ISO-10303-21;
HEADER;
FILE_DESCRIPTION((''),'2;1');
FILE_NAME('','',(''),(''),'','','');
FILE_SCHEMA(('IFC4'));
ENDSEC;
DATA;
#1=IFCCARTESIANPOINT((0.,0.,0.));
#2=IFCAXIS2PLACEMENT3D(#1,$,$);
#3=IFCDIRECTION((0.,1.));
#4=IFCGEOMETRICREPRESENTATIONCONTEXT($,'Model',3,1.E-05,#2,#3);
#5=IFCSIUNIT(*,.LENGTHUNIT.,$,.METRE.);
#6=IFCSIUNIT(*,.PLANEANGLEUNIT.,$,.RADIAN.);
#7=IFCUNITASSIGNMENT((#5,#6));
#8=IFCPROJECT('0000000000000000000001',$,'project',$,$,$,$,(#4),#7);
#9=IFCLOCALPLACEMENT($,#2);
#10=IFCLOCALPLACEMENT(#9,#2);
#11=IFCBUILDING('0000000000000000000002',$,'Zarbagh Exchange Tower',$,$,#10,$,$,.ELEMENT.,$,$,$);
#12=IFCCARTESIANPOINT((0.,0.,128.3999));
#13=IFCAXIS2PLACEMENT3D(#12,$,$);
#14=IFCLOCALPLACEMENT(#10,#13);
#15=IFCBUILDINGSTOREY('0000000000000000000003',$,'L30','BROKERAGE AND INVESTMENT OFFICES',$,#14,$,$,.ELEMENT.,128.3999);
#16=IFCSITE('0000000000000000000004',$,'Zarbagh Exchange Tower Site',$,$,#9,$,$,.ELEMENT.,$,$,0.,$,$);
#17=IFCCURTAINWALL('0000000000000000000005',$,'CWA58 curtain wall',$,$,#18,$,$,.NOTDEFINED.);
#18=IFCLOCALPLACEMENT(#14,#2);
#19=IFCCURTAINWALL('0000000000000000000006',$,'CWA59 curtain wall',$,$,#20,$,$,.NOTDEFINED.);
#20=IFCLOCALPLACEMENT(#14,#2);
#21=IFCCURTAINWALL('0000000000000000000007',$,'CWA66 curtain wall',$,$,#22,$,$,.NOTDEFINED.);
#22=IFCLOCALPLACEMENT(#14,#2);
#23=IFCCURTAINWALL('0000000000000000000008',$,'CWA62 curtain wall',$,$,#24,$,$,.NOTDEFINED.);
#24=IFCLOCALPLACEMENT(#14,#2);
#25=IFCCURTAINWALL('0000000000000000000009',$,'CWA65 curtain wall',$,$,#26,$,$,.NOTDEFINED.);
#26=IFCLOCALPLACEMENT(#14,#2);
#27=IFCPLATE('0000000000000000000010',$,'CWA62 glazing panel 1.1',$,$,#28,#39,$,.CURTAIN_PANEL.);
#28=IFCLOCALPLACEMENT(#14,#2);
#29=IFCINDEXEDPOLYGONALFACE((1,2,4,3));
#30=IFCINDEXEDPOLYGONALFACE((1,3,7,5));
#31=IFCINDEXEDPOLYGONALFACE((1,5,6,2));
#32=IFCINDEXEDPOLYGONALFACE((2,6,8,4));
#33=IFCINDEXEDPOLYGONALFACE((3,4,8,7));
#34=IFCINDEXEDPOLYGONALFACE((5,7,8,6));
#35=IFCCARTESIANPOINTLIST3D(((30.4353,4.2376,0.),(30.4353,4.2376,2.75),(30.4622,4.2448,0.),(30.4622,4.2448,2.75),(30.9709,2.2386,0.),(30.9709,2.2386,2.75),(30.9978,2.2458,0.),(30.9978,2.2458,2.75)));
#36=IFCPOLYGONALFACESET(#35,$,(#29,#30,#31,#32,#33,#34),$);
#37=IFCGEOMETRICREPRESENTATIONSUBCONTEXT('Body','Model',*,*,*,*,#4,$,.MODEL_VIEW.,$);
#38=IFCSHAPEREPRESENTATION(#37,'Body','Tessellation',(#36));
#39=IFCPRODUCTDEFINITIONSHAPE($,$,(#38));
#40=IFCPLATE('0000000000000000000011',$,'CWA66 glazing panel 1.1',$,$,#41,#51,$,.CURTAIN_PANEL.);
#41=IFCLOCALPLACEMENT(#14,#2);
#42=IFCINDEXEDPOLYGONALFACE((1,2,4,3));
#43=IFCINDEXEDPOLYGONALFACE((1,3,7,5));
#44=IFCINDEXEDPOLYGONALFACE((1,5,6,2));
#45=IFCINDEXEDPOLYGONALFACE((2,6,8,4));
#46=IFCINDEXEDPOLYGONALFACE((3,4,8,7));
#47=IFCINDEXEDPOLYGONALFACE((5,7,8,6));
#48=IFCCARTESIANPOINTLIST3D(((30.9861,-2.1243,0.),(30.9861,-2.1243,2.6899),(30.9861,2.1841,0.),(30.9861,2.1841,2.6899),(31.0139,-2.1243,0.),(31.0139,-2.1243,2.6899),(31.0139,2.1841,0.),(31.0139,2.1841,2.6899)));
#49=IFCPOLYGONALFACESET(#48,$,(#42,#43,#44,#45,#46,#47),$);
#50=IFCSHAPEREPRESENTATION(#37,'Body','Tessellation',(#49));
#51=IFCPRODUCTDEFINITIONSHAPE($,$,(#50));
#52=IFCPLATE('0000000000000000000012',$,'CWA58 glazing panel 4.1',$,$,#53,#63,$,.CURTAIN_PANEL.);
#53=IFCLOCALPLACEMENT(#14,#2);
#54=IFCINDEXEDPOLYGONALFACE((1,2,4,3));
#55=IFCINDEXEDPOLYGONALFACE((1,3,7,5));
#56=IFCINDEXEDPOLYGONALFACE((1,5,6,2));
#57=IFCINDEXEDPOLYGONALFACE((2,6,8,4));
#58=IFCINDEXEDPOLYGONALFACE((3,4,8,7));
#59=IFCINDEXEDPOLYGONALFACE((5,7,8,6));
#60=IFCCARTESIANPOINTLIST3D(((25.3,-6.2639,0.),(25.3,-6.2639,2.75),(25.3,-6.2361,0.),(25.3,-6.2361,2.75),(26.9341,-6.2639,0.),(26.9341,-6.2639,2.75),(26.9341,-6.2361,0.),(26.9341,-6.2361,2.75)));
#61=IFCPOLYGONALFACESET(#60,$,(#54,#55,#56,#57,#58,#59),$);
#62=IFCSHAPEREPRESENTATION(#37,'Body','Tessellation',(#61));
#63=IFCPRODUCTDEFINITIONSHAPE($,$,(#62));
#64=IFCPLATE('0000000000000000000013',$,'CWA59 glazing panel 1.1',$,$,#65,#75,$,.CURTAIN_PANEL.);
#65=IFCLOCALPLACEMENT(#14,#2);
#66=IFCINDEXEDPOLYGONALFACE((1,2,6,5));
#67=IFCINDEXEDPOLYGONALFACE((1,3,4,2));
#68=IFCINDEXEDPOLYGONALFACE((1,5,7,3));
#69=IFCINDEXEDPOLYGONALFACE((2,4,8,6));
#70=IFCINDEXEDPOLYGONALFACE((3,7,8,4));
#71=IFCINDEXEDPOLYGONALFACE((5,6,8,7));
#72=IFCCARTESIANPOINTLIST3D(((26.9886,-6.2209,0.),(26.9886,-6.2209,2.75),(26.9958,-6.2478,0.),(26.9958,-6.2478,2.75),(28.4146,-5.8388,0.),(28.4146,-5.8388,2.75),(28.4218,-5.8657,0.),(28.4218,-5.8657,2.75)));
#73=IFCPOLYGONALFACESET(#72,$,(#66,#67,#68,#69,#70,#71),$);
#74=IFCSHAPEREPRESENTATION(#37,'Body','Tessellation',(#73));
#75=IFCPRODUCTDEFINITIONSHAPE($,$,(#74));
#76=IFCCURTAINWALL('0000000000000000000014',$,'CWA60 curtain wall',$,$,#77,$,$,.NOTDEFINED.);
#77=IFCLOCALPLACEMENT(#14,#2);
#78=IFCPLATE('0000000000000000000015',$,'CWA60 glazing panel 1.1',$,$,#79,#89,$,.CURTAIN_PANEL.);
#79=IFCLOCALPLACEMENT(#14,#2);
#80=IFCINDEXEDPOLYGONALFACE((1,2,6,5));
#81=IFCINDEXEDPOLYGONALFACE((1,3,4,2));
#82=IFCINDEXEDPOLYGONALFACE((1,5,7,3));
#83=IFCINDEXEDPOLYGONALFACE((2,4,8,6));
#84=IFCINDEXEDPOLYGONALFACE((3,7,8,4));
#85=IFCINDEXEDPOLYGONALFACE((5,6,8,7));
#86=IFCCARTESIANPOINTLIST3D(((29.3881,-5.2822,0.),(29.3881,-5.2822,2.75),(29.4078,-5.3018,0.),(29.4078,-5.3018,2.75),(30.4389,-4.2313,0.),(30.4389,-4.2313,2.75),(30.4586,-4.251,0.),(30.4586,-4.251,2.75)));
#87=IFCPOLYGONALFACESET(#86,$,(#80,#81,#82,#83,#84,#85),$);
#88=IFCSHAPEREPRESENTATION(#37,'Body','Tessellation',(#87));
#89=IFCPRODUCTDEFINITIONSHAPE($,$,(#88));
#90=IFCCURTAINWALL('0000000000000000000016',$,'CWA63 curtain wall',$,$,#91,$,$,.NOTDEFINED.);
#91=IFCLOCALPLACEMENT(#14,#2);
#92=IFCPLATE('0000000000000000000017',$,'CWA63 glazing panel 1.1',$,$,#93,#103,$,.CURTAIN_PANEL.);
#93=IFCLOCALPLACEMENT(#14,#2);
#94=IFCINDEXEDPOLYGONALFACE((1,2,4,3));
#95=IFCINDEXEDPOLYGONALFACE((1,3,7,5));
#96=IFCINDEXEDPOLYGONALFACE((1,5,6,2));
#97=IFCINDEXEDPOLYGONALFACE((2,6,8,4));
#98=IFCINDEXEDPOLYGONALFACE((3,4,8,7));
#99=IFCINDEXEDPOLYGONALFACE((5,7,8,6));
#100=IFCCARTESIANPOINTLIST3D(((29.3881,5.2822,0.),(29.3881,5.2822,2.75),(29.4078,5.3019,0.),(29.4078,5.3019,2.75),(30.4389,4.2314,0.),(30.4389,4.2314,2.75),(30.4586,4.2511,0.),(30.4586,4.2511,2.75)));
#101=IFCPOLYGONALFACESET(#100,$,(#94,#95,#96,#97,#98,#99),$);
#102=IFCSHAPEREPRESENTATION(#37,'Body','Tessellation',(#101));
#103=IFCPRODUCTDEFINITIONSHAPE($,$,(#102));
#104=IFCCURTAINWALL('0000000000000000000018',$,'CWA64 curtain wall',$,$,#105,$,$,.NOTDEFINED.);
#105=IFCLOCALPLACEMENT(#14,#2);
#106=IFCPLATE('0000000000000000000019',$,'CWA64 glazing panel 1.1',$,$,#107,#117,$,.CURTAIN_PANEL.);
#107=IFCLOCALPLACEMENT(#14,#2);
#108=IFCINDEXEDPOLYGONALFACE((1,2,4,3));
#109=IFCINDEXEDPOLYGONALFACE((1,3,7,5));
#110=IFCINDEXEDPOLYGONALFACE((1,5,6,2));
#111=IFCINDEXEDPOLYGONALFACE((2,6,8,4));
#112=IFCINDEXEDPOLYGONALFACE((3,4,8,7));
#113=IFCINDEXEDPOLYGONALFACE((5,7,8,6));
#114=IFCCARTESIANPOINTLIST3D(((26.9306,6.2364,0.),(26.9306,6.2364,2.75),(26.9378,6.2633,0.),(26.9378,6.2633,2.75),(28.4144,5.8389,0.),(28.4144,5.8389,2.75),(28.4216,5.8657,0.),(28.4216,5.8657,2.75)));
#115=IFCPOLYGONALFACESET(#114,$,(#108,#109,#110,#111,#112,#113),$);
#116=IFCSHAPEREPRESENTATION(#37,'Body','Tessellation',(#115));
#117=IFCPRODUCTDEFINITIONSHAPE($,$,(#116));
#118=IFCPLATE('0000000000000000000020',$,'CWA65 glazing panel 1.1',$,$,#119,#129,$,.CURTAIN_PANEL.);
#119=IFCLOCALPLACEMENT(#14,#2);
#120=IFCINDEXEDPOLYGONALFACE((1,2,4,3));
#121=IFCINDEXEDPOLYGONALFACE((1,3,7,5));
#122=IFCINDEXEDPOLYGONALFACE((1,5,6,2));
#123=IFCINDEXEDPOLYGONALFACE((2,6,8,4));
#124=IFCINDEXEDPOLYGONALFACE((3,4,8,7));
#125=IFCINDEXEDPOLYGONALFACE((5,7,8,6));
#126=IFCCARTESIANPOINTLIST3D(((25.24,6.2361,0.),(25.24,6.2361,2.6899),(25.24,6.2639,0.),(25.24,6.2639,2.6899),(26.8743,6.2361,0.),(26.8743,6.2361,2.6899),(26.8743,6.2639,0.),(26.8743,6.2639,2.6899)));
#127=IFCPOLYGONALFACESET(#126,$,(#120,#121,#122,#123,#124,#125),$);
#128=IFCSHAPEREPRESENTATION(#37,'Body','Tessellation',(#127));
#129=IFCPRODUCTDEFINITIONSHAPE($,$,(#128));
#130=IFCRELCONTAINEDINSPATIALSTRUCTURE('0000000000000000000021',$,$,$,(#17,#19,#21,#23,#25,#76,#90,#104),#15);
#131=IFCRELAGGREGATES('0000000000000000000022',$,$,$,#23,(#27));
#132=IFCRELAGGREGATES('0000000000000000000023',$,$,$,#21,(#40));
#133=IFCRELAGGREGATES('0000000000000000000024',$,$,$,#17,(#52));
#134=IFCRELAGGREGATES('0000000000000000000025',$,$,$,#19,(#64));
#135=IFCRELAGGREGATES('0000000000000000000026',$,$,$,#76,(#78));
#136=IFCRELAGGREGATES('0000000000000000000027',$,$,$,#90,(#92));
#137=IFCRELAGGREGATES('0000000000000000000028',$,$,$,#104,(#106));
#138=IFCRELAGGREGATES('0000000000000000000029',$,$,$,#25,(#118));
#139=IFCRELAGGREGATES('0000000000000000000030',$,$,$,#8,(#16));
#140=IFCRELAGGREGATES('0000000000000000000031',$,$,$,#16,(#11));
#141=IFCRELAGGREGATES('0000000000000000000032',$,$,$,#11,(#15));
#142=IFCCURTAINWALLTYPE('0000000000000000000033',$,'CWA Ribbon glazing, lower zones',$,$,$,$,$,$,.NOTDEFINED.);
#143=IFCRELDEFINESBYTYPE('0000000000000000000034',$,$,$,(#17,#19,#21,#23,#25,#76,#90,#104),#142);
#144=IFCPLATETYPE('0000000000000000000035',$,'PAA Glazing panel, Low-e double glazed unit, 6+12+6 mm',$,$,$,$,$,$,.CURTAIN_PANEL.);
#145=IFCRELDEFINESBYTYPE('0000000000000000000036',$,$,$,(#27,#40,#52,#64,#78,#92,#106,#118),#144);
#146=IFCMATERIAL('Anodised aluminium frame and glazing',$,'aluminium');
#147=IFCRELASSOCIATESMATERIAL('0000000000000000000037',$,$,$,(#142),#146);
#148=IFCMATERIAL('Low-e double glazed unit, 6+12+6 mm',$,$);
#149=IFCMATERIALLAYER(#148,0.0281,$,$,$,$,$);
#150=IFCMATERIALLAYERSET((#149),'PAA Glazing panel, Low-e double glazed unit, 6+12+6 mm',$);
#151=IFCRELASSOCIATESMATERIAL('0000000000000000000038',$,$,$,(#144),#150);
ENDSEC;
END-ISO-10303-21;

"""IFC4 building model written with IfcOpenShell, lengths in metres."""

from ifc_helpers import new_model, si_unit, direction, frame, origin, place, context, subcontext, project, spatial, polyline, outline, extrude, source, transform, mapped, material, layer, layer_set, type_object, element, aggregate, save


model = new_model("IFC4")

# Units and contexts
model_context = context("Model", 3, precision=1e-05, world=origin(), true_north=direction((0.0, 1.0)))
body_context = subcontext(model_context, "Body", "Model", "MODEL_VIEW")
ifc_project = project(units=[si_unit("LENGTHUNIT", "METRE"), si_unit("PLANEANGLEUNIT", "RADIAN")], contexts=[model_context])

# Site, building, storey
site_placement = place(None, origin())
site = spatial("IfcSite", under=ifc_project, at=site_placement, Name="Zarbagh Exchange Tower Site", CompositionType="ELEMENT", RefElevation=0.0)
building_placement = place(site_placement, origin())
building = spatial("IfcBuilding", under=site, at=building_placement, Name="Zarbagh Exchange Tower", CompositionType="ELEMENT")
storey_placement = place(building_placement, frame((0.0, 0.0, 128.3999)))
storey = spatial("IfcBuildingStorey", under=building, at=storey_placement, Name="L30", Description="BROKERAGE AND INVESTMENT OFFICES", CompositionType="ELEMENT", Elevation=128.3999)

# Curtain wall
ifc_material_1 = material(Name="Anodised aluminium frame and glazing", Category="aluminium")
curtain_wall_type = type_object("IfcCurtainWallType", Name="CWA Ribbon glazing, lower zones", PredefinedType="NOTDEFINED", material=ifc_material_1)
curtain_wall_1_placement = place(storey_placement, origin())
curtain_wall_1 = element("IfcCurtainWall", 1, at=curtain_wall_1_placement, inside=storey, type_object=curtain_wall_type, Name="CWA58 curtain wall", PredefinedType="NOTDEFINED")
placement = place(storey_placement, origin())

# Curtain walls
curtain_wall_2_placement = place(storey_placement, origin())
curtain_wall_2 = element("IfcCurtainWall", 2, at=curtain_wall_2_placement, inside=storey, type_object=curtain_wall_type, Name="CWA59 curtain wall", PredefinedType="NOTDEFINED")
curtain_wall_3_placement = place(storey_placement, origin())
curtain_wall_3 = element("IfcCurtainWall", 3, at=curtain_wall_3_placement, inside=storey, type_object=curtain_wall_type, Name="CWA66 curtain wall", PredefinedType="NOTDEFINED")
curtain_wall_4_placement = place(storey_placement, origin())
curtain_wall_4 = element("IfcCurtainWall", 4, at=curtain_wall_4_placement, inside=storey, type_object=curtain_wall_type, Name="CWA62 curtain wall", PredefinedType="NOTDEFINED")

# Curtain wall
curtain_wall_5_placement = place(storey_placement, origin())
curtain_wall_5 = element("IfcCurtainWall", 5, at=curtain_wall_5_placement, inside=storey, type_object=curtain_wall_type, Name="CWA65 curtain wall", PredefinedType="NOTDEFINED")

# Shared definitions
ifc_material_2 = material(Name="Low-e double glazed unit, 6+12+6 mm")
ifc_layer = layer(ifc_material_2, 0.0281)
ifc_layer_set = layer_set([ifc_layer], Name="PAA Glazing panel, Low-e double glazed unit, 6+12+6 mm")
plate_type = type_object("IfcPlateType", Name="PAA Glazing panel, Low-e double glazed unit, 6+12+6 mm", PredefinedType="CURTAIN_PANEL", material=ifc_layer_set)

# Plates
shared_shape_1 = source(origin(), body_context, "Body", "SweptSolid", [
    extrude(outline(polyline([(0.0, -0.0139), (2.0696, -0.0139), (2.0696, 0.0139), (0.0, 0.0139), (0.0, -0.0139)])), origin(), (0.0, 0.0, 1.0), 2.75),
])
plate_1 = element("IfcPlate", 6, at=placement, type_object=plate_type, Name="CWA62 glazing panel 1.1", PredefinedType="CURTAIN_PANEL", context=body_context, shape_type="MappedRepresentation", body=[
    mapped(shared_shape_1, transform((30.9844, 2.2422, 0.0), x_axis=(-0.258825, 0.965924, 0.0), y_axis=(-0.965924, -0.258825, 0.0), z_axis=(0.0, 0.0, 1.0))),
])
aggregate(curtain_wall_4, [plate_1])
shared_shape_2 = source(origin(), body_context, "Body", "SweptSolid", [
    extrude(outline(polyline([(0.0, -0.0139), (4.3083, -0.0139), (4.3083, 0.0139), (0.0, 0.0139), (0.0, -0.0139)])), origin(), (0.0, 0.0, 1.0), 2.6899),
])
plate_2 = element("IfcPlate", 7, at=placement, type_object=plate_type, Name="CWA66 glazing panel 1.1", PredefinedType="CURTAIN_PANEL", context=body_context, shape_type="MappedRepresentation", body=[
    mapped(shared_shape_2, transform((31.0, -2.1243, 0.0), x_axis=(0.0, 1.0, 0.0), y_axis=(-1.0, 0.0, 0.0), z_axis=(0.0, 0.0, 1.0))),
])
aggregate(curtain_wall_3, [plate_2])
shared_shape_3 = source(origin(), body_context, "Body", "SweptSolid", [
    extrude(outline(polyline([(0.0, -0.0139), (1.634, -0.0139), (1.634, 0.0139), (0.0, 0.0139), (0.0, -0.0139)])), origin(), (0.0, 0.0, 1.0), 2.75),
])
plate_3 = element("IfcPlate", 8, at=placement, type_object=plate_type, Name="CWA58 glazing panel 4.1", PredefinedType="CURTAIN_PANEL", context=body_context, shape_type="MappedRepresentation", body=[
    mapped(shared_shape_3, transform((25.3, -6.25, 0.0), x_axis=(1.0, 0.0, 0.0), y_axis=(0.0, 1.0, 0.0), z_axis=(0.0, 0.0, 1.0))),
])
aggregate(curtain_wall_1, [plate_3])
shared_shape_4 = source(origin(), body_context, "Body", "SweptSolid", [
    extrude(outline(polyline([(0.0, -0.0139), (1.4763, -0.0139), (1.4763, 0.0139), (0.0, 0.0139), (0.0, -0.0139)])), origin(), (0.0, 0.0, 1.0), 2.75),
])
plate_4 = element("IfcPlate", 9, at=placement, type_object=plate_type, Name="CWA59 glazing panel 1.1", PredefinedType="CURTAIN_PANEL", context=body_context, shape_type="MappedRepresentation", body=[
    mapped(shared_shape_4, transform((26.9922, -6.2344, 0.0), x_axis=(0.965924, 0.258825, 0.0), y_axis=(-0.258825, 0.965924, 0.0), z_axis=(0.0, 0.0, 1.0))),
])
aggregate(curtain_wall_2, [plate_4])

# Curtain walls, plates
curtain_wall_6_placement = place(storey_placement, origin())
curtain_wall_6 = element("IfcCurtainWall", 10, at=curtain_wall_6_placement, inside=storey, type_object=curtain_wall_type, Name="CWA60 curtain wall", PredefinedType="NOTDEFINED")
shared_shape_5 = source(origin(), body_context, "Body", "SweptSolid", [
    extrude(outline(polyline([(0.0, -0.0139), (1.4861, -0.0139), (1.4861, 0.0139), (0.0, 0.0139), (0.0, -0.0139)])), origin(), (0.0, 0.0, 1.0), 2.75),
])
plate_5 = element("IfcPlate", 11, at=placement, type_object=plate_type, Name="CWA60 glazing panel 1.1", PredefinedType="CURTAIN_PANEL", context=body_context, shape_type="MappedRepresentation", body=[
    mapped(shared_shape_5, transform((29.3979, -5.292, 0.0), x_axis=(0.707107, 0.707107, 0.0), y_axis=(-0.707107, 0.707107, 0.0), z_axis=(0.0, 0.0, 1.0))),
])
aggregate(curtain_wall_6, [plate_5])
curtain_wall_7_placement = place(storey_placement, origin())
curtain_wall_7 = element("IfcCurtainWall", 12, at=curtain_wall_7_placement, inside=storey, type_object=curtain_wall_type, Name="CWA63 curtain wall", PredefinedType="NOTDEFINED")
plate_6 = element("IfcPlate", 13, at=placement, type_object=plate_type, Name="CWA63 glazing panel 1.1", PredefinedType="CURTAIN_PANEL", context=body_context, shape_type="MappedRepresentation", body=[
    mapped(shared_shape_5, transform((30.4487, 4.2412, 0.0), x_axis=(-0.707107, 0.707107, 0.0), y_axis=(-0.707107, -0.707107, 0.0), z_axis=(0.0, 0.0, 1.0))),
])
aggregate(curtain_wall_7, [plate_6])
curtain_wall_8_placement = place(storey_placement, origin())
curtain_wall_8 = element("IfcCurtainWall", 14, at=curtain_wall_8_placement, inside=storey, type_object=curtain_wall_type, Name="CWA64 curtain wall", PredefinedType="NOTDEFINED")
shared_shape_6 = source(origin(), body_context, "Body", "SweptSolid", [
    extrude(outline(polyline([(0.0, -0.0139), (1.5361, -0.0139), (1.5361, 0.0139), (0.0, 0.0139), (0.0, -0.0139)])), origin(), (0.0, 0.0, 1.0), 2.75),
])
plate_7 = element("IfcPlate", 15, at=placement, type_object=plate_type, Name="CWA64 glazing panel 1.1", PredefinedType="CURTAIN_PANEL", context=body_context, shape_type="MappedRepresentation", body=[
    mapped(shared_shape_6, transform((28.418, 5.8523, 0.0), x_axis=(-0.965924, 0.258825, 0.0), y_axis=(-0.258825, -0.965924, 0.0), z_axis=(0.0, 0.0, 1.0))),
])
aggregate(curtain_wall_8, [plate_7])

# Plate
shared_shape_7 = source(origin(), body_context, "Body", "SweptSolid", [
    extrude(outline(polyline([(0.0, -0.0139), (1.6343, -0.0139), (1.6343, 0.0139), (0.0, 0.0139), (0.0, -0.0139)])), origin(), (0.0, 0.0, 1.0), 2.6899),
])
plate_8 = element("IfcPlate", 16, at=placement, type_object=plate_type, Name="CWA65 glazing panel 1.1", PredefinedType="CURTAIN_PANEL", context=body_context, shape_type="MappedRepresentation", body=[
    mapped(shared_shape_7, transform((26.8743, 6.25, 0.0), x_axis=(-1.0, 0.0, 0.0), y_axis=(0.0, -1.0, 0.0), z_axis=(0.0, 0.0, 1.0))),
])
aggregate(curtain_wall_5, [plate_8])

save(model, "model.ifc")
